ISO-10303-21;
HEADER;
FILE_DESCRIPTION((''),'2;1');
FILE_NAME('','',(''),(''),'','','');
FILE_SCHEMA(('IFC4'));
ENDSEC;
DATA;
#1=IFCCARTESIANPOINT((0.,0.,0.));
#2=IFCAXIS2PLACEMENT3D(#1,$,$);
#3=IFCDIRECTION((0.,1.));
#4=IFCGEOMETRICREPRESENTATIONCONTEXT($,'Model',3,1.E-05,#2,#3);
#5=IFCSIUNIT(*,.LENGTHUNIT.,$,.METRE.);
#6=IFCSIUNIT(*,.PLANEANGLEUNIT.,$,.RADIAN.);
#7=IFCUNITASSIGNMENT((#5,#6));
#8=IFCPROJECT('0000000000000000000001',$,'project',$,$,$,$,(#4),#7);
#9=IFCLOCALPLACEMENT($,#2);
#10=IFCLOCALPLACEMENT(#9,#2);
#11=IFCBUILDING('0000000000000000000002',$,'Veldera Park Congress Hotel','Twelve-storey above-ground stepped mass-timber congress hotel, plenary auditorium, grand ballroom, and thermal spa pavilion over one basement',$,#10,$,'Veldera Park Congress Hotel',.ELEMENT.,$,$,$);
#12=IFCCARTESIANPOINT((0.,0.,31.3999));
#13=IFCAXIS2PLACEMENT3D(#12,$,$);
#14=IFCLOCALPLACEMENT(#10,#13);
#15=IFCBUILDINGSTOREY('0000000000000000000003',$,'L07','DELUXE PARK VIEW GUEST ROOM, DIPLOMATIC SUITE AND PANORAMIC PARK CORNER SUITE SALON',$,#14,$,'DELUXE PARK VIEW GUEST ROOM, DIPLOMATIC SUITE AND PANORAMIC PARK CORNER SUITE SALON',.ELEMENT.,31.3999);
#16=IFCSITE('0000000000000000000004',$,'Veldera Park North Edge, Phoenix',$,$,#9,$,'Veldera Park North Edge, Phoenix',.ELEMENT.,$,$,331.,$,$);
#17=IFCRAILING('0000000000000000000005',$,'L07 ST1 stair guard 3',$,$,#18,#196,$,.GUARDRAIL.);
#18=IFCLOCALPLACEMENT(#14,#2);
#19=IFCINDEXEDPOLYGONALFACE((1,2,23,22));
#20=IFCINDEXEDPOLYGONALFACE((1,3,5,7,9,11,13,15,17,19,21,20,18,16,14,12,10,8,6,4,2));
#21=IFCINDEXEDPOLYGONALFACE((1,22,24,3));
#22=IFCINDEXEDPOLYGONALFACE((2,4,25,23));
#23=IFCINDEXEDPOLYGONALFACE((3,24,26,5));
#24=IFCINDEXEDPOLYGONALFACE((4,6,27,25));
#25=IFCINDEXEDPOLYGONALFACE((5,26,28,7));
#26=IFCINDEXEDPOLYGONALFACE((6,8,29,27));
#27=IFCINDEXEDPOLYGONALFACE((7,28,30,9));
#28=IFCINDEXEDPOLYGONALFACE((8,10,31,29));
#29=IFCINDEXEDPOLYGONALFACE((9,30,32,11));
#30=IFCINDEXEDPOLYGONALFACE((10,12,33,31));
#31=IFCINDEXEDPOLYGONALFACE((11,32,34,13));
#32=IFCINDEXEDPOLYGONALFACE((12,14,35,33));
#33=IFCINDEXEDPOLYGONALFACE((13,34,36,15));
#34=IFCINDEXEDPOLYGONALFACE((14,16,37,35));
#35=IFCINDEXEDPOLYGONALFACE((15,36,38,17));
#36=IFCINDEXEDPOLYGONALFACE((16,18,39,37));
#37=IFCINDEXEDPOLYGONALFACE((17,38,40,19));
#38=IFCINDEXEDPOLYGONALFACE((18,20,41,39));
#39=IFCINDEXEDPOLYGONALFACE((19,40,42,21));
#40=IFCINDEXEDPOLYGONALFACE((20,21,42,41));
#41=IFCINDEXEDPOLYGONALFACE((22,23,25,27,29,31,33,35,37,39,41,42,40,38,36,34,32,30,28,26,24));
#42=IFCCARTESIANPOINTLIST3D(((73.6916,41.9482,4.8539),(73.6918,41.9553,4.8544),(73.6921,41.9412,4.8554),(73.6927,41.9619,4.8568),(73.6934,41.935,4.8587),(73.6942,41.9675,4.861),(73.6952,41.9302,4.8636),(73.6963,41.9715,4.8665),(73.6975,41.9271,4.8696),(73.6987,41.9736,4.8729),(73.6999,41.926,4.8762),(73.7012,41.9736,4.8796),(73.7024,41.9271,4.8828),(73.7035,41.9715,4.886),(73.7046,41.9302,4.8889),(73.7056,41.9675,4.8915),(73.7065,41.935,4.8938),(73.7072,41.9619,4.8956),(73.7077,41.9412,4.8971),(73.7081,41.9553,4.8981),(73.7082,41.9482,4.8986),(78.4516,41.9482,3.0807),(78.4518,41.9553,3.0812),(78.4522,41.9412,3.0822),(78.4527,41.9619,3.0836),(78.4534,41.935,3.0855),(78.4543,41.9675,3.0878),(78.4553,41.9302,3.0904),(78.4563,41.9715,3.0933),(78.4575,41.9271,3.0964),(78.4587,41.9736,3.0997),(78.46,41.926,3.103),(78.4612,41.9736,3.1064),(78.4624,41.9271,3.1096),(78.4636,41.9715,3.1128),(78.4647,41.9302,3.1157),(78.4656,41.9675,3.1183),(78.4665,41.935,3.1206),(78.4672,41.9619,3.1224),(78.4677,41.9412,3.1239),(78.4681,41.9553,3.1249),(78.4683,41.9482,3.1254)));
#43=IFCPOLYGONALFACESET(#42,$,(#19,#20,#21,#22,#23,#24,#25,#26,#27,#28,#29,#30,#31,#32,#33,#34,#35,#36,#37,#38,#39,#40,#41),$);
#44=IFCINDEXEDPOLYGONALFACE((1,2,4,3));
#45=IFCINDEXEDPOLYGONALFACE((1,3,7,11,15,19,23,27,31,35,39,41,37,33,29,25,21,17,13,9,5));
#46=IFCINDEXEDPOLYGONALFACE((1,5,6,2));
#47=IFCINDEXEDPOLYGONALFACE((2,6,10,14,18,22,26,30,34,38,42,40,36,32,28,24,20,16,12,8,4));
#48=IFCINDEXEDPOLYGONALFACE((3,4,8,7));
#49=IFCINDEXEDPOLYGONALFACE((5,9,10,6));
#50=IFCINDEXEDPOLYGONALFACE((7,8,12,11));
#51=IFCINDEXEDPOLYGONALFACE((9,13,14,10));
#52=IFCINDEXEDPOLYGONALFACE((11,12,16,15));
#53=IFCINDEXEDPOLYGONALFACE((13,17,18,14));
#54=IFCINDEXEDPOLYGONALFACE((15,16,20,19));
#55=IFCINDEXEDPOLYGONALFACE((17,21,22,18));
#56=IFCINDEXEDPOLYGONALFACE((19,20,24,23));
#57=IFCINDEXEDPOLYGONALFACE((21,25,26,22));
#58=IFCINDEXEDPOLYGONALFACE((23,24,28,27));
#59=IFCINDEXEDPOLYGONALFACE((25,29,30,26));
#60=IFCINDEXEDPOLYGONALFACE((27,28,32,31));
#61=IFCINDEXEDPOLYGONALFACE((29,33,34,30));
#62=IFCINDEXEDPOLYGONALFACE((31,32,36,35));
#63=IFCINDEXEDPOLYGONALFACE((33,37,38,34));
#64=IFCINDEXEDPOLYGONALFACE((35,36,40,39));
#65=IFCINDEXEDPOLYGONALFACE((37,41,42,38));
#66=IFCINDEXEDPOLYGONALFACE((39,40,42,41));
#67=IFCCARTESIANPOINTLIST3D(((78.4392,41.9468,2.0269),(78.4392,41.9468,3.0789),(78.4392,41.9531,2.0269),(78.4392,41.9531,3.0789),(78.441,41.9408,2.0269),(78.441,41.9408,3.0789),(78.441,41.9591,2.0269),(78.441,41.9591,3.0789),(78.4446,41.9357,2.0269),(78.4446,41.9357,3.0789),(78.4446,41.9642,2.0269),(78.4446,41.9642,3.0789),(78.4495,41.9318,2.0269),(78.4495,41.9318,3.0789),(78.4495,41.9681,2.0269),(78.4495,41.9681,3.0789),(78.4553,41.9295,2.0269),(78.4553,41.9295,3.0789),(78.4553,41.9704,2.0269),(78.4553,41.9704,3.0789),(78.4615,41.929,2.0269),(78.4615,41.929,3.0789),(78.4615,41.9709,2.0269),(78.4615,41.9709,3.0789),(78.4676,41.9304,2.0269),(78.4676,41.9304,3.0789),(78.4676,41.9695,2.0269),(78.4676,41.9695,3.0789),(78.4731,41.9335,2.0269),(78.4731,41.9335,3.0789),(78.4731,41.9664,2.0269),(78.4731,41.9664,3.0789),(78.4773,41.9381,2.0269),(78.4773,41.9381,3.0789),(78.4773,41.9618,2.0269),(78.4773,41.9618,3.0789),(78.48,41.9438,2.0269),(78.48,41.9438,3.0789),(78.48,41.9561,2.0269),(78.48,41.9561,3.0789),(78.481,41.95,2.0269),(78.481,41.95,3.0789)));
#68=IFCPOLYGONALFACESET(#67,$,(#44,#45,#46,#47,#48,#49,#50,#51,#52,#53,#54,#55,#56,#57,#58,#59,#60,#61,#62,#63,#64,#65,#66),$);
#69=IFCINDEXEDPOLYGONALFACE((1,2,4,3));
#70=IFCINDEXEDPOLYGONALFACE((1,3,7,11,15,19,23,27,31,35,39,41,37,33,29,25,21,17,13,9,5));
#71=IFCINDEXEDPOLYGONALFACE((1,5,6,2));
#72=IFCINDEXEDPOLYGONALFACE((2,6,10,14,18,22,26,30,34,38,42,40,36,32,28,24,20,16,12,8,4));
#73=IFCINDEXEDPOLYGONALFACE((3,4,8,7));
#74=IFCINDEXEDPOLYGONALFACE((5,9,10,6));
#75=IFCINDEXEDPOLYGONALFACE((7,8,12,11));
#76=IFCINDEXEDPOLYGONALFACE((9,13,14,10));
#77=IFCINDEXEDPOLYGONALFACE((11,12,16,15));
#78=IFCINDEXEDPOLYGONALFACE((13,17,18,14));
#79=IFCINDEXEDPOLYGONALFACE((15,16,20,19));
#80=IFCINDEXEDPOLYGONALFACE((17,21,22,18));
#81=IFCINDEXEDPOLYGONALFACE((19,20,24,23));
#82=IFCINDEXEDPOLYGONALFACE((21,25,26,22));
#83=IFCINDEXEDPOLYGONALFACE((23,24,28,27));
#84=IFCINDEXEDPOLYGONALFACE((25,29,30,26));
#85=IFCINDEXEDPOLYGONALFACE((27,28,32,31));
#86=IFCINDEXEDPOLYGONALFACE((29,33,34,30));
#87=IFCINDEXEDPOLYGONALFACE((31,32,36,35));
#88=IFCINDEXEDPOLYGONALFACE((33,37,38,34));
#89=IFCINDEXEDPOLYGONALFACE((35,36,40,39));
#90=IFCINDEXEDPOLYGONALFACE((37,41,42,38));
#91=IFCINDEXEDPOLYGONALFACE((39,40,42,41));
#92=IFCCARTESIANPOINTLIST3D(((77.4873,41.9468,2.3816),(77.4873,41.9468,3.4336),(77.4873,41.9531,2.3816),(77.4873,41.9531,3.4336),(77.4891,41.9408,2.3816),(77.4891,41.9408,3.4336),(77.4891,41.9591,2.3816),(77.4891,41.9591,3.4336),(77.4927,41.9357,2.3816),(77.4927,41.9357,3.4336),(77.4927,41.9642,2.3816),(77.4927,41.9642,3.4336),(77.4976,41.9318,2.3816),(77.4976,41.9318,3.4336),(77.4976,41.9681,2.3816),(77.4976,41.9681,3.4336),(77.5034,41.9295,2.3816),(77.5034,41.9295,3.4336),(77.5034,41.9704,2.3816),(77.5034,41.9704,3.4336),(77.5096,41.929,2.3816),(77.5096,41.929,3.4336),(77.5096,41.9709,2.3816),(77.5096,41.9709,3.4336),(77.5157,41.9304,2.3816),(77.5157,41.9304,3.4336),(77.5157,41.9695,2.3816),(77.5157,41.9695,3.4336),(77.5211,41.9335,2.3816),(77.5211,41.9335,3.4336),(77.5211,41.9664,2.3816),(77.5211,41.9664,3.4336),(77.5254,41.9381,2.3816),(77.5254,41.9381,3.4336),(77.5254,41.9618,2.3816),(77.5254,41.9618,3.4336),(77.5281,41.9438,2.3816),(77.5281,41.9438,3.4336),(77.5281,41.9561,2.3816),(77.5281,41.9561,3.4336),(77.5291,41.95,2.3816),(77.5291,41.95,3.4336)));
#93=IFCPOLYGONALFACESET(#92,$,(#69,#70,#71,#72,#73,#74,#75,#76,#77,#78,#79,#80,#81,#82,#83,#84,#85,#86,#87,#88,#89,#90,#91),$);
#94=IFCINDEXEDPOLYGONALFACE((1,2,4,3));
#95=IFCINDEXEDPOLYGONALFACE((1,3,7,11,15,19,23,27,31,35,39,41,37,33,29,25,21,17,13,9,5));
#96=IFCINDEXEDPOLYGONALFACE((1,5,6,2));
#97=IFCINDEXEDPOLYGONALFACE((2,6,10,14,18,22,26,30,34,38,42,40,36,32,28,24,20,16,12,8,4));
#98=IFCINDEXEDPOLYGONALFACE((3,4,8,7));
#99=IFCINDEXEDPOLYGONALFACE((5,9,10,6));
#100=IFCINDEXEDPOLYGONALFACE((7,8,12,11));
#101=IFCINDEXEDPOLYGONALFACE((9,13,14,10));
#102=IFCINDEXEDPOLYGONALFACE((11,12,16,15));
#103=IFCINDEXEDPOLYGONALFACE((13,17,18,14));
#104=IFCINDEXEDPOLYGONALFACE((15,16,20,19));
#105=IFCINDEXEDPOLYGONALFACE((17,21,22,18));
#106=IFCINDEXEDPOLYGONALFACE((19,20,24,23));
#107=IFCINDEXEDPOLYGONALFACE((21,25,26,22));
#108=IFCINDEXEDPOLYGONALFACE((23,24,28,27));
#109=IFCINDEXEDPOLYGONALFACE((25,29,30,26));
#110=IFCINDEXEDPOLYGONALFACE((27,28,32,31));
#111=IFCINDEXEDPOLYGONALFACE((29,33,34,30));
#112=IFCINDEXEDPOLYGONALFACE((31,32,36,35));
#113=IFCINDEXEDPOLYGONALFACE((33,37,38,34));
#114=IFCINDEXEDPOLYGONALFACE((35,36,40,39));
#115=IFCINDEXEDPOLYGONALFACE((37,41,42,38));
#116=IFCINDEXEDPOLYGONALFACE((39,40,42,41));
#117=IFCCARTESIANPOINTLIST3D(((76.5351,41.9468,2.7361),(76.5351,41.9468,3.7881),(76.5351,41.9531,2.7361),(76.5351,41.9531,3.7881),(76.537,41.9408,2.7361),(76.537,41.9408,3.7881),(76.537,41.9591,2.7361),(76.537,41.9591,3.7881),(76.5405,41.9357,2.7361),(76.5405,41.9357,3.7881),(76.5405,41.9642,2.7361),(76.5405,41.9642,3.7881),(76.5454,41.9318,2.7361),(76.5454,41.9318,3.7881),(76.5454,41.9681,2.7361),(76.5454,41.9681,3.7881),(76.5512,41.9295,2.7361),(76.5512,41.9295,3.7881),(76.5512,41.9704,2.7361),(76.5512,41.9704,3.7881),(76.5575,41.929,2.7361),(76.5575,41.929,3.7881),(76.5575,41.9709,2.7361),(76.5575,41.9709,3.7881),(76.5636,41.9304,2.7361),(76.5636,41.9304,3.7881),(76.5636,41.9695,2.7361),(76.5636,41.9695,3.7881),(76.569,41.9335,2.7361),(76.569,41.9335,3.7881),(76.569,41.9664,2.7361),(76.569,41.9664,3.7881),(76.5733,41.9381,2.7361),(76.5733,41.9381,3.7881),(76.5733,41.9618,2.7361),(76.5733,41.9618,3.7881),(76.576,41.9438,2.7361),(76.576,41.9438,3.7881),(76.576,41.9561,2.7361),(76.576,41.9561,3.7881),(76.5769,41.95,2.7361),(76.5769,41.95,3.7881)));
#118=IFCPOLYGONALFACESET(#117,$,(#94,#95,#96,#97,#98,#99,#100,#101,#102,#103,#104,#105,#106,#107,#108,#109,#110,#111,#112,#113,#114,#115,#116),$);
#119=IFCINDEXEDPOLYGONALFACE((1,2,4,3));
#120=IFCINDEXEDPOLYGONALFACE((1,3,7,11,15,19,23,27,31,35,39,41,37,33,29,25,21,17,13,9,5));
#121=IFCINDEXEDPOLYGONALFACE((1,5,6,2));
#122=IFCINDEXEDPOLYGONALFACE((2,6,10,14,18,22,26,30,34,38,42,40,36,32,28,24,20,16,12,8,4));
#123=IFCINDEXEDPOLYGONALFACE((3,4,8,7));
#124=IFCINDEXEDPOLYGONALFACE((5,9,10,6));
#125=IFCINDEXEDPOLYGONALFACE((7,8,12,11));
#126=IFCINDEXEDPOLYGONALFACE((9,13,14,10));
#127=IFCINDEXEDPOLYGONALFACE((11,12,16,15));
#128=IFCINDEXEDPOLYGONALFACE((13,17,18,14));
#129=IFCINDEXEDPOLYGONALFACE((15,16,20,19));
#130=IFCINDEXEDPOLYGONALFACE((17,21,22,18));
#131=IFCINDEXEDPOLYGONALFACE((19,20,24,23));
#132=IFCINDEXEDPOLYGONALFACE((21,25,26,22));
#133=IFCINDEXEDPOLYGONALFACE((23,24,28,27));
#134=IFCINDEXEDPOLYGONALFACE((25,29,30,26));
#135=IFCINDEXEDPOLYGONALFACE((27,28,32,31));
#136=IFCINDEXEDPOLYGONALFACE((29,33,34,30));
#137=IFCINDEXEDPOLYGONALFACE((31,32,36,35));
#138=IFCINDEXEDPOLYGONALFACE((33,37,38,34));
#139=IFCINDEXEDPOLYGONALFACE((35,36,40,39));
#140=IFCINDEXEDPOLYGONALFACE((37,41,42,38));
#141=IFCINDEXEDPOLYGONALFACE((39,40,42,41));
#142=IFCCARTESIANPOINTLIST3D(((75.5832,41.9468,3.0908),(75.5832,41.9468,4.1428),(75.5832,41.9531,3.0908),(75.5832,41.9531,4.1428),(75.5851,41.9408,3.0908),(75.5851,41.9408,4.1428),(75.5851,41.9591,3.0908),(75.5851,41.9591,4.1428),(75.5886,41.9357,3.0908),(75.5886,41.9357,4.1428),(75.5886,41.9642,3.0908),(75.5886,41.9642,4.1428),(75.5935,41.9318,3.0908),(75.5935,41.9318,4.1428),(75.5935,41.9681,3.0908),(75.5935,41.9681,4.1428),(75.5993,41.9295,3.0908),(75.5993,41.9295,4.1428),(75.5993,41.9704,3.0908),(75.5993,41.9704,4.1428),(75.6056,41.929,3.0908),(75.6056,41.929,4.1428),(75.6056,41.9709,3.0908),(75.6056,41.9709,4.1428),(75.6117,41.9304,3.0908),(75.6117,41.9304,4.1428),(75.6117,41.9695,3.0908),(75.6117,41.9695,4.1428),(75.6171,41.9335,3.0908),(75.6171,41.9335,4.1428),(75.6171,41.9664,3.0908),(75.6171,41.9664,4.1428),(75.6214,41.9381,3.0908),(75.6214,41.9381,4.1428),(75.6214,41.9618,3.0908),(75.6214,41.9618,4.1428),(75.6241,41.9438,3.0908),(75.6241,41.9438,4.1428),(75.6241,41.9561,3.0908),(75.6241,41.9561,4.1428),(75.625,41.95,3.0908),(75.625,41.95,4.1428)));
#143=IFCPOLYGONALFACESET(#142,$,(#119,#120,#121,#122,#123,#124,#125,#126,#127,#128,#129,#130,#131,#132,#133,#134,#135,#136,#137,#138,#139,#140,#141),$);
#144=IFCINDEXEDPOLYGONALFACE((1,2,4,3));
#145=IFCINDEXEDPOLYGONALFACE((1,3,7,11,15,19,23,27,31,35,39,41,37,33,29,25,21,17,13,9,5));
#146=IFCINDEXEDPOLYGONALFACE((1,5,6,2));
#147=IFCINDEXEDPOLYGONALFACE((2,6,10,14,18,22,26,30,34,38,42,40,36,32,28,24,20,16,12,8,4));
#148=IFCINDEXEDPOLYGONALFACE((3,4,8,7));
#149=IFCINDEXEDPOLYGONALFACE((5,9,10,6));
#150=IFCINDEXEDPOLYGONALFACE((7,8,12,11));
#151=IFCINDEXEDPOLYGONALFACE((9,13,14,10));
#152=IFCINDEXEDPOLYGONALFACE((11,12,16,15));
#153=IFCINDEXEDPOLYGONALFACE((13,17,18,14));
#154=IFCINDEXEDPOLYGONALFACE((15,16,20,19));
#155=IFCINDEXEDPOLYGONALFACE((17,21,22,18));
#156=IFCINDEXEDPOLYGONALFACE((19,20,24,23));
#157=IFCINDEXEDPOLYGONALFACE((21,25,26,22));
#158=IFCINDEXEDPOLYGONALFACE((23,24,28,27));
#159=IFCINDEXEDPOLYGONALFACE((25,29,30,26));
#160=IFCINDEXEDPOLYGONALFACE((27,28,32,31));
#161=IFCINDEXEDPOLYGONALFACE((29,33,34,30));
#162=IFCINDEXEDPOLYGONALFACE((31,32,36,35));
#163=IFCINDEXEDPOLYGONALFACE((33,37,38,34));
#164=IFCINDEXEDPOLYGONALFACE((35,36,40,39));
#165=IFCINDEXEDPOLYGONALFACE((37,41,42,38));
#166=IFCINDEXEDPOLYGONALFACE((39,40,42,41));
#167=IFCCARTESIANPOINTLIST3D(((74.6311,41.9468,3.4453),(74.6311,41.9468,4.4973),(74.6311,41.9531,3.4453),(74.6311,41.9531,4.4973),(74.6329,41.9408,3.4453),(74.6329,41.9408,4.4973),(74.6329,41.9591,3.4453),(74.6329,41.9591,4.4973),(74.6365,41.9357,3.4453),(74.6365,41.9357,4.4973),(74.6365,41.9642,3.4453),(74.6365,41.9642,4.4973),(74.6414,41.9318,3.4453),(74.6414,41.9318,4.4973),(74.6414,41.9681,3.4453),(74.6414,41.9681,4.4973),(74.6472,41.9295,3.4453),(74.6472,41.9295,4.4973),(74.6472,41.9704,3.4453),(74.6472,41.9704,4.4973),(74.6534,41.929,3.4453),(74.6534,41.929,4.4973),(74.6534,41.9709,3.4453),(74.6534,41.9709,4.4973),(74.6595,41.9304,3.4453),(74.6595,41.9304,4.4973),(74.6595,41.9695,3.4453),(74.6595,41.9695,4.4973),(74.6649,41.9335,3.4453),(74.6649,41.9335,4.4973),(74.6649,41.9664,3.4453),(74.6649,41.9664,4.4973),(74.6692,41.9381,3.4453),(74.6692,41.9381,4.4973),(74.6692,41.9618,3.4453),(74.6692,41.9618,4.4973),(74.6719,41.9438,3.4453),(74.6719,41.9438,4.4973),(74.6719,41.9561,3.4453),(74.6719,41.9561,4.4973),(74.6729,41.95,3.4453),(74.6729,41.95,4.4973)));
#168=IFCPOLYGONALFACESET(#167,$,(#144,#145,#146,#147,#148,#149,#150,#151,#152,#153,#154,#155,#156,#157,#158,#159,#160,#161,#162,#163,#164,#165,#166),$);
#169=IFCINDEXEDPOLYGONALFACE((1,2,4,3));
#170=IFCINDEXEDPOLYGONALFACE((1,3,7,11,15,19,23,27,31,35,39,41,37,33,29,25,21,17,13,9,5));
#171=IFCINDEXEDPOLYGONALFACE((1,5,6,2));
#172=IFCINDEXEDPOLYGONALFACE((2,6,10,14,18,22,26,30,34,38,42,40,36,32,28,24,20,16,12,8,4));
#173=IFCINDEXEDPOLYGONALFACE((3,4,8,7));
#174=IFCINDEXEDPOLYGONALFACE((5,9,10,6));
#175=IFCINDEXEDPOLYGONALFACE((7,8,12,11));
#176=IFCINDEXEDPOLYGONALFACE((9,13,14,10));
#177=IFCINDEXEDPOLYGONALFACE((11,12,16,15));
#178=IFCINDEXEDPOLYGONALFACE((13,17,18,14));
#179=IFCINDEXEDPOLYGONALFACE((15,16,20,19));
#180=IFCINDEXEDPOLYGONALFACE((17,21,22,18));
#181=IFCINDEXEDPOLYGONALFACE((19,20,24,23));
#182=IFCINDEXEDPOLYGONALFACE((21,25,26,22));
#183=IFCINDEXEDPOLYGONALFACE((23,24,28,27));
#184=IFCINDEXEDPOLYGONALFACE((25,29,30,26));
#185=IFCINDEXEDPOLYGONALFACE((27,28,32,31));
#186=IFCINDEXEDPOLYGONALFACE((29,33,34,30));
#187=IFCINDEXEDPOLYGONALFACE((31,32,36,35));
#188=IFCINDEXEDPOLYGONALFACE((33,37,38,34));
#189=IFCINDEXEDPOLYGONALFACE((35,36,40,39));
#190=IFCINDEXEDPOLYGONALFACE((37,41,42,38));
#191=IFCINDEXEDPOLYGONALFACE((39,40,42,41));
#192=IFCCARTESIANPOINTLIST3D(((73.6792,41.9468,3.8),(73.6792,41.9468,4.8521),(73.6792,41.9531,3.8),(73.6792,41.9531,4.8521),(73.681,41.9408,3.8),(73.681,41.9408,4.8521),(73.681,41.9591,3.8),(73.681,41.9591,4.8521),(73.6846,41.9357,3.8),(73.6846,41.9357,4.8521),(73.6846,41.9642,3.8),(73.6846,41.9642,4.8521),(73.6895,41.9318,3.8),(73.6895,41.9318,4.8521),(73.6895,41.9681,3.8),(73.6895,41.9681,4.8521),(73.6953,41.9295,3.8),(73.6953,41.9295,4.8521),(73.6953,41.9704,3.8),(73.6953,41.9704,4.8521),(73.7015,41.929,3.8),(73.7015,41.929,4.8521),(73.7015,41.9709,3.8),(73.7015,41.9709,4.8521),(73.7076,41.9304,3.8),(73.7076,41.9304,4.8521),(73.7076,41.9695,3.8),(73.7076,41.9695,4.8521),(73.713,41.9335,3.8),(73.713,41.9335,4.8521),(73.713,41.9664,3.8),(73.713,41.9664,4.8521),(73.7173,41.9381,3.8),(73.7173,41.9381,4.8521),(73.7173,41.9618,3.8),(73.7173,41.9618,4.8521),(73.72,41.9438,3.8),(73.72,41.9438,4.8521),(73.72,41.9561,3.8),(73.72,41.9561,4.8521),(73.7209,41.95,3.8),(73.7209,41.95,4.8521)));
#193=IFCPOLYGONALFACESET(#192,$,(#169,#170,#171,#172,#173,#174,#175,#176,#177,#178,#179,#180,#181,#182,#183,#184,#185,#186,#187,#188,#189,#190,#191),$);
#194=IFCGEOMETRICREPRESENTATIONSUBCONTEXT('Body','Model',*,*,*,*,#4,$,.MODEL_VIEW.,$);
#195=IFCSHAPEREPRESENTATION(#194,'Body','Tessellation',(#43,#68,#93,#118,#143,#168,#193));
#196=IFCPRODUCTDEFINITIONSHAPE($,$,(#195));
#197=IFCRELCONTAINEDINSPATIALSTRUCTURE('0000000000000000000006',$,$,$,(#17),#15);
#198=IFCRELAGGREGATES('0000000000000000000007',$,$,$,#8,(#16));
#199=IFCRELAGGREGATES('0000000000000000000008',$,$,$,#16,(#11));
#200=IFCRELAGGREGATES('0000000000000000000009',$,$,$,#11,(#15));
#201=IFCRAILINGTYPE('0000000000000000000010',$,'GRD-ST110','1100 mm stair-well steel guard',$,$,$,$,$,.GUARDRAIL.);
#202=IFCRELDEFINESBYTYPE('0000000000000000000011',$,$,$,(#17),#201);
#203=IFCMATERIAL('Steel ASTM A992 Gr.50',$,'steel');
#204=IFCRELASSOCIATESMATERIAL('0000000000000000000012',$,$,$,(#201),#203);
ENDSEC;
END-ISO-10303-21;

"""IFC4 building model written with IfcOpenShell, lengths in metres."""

from ifc_helpers import new_model, si_unit, direction, frame, origin, origin_2d, place, context, subcontext, project, spatial, circle, extrude, material, type_object, element, save


model = new_model("IFC4")

# Units and contexts
model_context = context("Model", 3, precision=1e-05, world=origin(), true_north=direction((0.0, 1.0)))
body_context = subcontext(model_context, "Body", "Model", "MODEL_VIEW")
ifc_project = project(units=[si_unit("LENGTHUNIT", "METRE"), si_unit("PLANEANGLEUNIT", "RADIAN")], contexts=[model_context])

# Site, building, storey
site_placement = place(None, origin())
site = spatial("IfcSite", under=ifc_project, at=site_placement, Name="Veldera Park North Edge, Phoenix", LongName="Veldera Park North Edge, Phoenix", CompositionType="ELEMENT", RefElevation=331.0)
building_placement = place(site_placement, origin())
building = spatial("IfcBuilding", under=site, at=building_placement, Name="Veldera Park Congress Hotel", Description="Twelve-storey above-ground stepped mass-timber congress hotel, plenary auditorium, grand ballroom, and thermal spa pavilion over one basement", LongName="Veldera Park Congress Hotel", CompositionType="ELEMENT")
storey_placement = place(building_placement, frame((0.0, 0.0, 31.3999)))
storey = spatial("IfcBuildingStorey", under=building, at=storey_placement, Name="L07", Description="DELUXE PARK VIEW GUEST ROOM, DIPLOMATIC SUITE AND PANORAMIC PARK CORNER SUITE SALON", LongName="DELUXE PARK VIEW GUEST ROOM, DIPLOMATIC SUITE AND PANORAMIC PARK CORNER SUITE SALON", CompositionType="ELEMENT", Elevation=31.3999)

# Railing
ifc_material_1 = material(Name="Steel ASTM A992 Gr.50", Category="steel")
railing_type_1 = type_object("IfcRailingType", Name="GRD-ST110", Description="1100 mm stair-well steel guard", PredefinedType="GUARDRAIL", material=ifc_material_1)
railing_1_placement = place(storey_placement, frame((78.46, 41.95, 2.0269)))
element("IfcRailing", 1, at=railing_1_placement, inside=storey, type_object=railing_type_1, Name="L07 ST1 stair guard 3", PredefinedType="GUARDRAIL", context=body_context, shape_type="SweptSolid", body=[
    extrude(circle(Radius=0.0239, at=origin_2d()), frame((0.0, 0.0, 1.0762), z_axis=(-0.937091, 0.0, 0.349084), x_axis=(0.0, -1.0, 0.0)), (0.0, 0.0, 1.0), 5.0796),
    extrude(circle(Radius=0.021, at=origin_2d()), origin(), (0.0, 0.0, 1.0), 1.052),
    extrude(circle(Radius=0.021, at=origin_2d()), frame((-0.9519, 0.0, 0.3547)), (0.0, 0.0, 1.0), 1.052),
    extrude(circle(Radius=0.021, at=origin_2d()), frame((-1.9041, 0.0, 0.7092)), (0.0, 0.0, 1.0), 1.052),
    extrude(circle(Radius=0.021, at=origin_2d()), frame((-2.856, 0.0, 1.064)), (0.0, 0.0, 1.0), 1.052),
    extrude(circle(Radius=0.021, at=origin_2d()), frame((-3.8081, 0.0, 1.4185)), (0.0, 0.0, 1.0), 1.052),
    extrude(circle(Radius=0.021, at=origin_2d()), frame((-4.76, 0.0, 1.7732)), (0.0, 0.0, 1.0), 1.052),
])

save(model, "model.ifc")
